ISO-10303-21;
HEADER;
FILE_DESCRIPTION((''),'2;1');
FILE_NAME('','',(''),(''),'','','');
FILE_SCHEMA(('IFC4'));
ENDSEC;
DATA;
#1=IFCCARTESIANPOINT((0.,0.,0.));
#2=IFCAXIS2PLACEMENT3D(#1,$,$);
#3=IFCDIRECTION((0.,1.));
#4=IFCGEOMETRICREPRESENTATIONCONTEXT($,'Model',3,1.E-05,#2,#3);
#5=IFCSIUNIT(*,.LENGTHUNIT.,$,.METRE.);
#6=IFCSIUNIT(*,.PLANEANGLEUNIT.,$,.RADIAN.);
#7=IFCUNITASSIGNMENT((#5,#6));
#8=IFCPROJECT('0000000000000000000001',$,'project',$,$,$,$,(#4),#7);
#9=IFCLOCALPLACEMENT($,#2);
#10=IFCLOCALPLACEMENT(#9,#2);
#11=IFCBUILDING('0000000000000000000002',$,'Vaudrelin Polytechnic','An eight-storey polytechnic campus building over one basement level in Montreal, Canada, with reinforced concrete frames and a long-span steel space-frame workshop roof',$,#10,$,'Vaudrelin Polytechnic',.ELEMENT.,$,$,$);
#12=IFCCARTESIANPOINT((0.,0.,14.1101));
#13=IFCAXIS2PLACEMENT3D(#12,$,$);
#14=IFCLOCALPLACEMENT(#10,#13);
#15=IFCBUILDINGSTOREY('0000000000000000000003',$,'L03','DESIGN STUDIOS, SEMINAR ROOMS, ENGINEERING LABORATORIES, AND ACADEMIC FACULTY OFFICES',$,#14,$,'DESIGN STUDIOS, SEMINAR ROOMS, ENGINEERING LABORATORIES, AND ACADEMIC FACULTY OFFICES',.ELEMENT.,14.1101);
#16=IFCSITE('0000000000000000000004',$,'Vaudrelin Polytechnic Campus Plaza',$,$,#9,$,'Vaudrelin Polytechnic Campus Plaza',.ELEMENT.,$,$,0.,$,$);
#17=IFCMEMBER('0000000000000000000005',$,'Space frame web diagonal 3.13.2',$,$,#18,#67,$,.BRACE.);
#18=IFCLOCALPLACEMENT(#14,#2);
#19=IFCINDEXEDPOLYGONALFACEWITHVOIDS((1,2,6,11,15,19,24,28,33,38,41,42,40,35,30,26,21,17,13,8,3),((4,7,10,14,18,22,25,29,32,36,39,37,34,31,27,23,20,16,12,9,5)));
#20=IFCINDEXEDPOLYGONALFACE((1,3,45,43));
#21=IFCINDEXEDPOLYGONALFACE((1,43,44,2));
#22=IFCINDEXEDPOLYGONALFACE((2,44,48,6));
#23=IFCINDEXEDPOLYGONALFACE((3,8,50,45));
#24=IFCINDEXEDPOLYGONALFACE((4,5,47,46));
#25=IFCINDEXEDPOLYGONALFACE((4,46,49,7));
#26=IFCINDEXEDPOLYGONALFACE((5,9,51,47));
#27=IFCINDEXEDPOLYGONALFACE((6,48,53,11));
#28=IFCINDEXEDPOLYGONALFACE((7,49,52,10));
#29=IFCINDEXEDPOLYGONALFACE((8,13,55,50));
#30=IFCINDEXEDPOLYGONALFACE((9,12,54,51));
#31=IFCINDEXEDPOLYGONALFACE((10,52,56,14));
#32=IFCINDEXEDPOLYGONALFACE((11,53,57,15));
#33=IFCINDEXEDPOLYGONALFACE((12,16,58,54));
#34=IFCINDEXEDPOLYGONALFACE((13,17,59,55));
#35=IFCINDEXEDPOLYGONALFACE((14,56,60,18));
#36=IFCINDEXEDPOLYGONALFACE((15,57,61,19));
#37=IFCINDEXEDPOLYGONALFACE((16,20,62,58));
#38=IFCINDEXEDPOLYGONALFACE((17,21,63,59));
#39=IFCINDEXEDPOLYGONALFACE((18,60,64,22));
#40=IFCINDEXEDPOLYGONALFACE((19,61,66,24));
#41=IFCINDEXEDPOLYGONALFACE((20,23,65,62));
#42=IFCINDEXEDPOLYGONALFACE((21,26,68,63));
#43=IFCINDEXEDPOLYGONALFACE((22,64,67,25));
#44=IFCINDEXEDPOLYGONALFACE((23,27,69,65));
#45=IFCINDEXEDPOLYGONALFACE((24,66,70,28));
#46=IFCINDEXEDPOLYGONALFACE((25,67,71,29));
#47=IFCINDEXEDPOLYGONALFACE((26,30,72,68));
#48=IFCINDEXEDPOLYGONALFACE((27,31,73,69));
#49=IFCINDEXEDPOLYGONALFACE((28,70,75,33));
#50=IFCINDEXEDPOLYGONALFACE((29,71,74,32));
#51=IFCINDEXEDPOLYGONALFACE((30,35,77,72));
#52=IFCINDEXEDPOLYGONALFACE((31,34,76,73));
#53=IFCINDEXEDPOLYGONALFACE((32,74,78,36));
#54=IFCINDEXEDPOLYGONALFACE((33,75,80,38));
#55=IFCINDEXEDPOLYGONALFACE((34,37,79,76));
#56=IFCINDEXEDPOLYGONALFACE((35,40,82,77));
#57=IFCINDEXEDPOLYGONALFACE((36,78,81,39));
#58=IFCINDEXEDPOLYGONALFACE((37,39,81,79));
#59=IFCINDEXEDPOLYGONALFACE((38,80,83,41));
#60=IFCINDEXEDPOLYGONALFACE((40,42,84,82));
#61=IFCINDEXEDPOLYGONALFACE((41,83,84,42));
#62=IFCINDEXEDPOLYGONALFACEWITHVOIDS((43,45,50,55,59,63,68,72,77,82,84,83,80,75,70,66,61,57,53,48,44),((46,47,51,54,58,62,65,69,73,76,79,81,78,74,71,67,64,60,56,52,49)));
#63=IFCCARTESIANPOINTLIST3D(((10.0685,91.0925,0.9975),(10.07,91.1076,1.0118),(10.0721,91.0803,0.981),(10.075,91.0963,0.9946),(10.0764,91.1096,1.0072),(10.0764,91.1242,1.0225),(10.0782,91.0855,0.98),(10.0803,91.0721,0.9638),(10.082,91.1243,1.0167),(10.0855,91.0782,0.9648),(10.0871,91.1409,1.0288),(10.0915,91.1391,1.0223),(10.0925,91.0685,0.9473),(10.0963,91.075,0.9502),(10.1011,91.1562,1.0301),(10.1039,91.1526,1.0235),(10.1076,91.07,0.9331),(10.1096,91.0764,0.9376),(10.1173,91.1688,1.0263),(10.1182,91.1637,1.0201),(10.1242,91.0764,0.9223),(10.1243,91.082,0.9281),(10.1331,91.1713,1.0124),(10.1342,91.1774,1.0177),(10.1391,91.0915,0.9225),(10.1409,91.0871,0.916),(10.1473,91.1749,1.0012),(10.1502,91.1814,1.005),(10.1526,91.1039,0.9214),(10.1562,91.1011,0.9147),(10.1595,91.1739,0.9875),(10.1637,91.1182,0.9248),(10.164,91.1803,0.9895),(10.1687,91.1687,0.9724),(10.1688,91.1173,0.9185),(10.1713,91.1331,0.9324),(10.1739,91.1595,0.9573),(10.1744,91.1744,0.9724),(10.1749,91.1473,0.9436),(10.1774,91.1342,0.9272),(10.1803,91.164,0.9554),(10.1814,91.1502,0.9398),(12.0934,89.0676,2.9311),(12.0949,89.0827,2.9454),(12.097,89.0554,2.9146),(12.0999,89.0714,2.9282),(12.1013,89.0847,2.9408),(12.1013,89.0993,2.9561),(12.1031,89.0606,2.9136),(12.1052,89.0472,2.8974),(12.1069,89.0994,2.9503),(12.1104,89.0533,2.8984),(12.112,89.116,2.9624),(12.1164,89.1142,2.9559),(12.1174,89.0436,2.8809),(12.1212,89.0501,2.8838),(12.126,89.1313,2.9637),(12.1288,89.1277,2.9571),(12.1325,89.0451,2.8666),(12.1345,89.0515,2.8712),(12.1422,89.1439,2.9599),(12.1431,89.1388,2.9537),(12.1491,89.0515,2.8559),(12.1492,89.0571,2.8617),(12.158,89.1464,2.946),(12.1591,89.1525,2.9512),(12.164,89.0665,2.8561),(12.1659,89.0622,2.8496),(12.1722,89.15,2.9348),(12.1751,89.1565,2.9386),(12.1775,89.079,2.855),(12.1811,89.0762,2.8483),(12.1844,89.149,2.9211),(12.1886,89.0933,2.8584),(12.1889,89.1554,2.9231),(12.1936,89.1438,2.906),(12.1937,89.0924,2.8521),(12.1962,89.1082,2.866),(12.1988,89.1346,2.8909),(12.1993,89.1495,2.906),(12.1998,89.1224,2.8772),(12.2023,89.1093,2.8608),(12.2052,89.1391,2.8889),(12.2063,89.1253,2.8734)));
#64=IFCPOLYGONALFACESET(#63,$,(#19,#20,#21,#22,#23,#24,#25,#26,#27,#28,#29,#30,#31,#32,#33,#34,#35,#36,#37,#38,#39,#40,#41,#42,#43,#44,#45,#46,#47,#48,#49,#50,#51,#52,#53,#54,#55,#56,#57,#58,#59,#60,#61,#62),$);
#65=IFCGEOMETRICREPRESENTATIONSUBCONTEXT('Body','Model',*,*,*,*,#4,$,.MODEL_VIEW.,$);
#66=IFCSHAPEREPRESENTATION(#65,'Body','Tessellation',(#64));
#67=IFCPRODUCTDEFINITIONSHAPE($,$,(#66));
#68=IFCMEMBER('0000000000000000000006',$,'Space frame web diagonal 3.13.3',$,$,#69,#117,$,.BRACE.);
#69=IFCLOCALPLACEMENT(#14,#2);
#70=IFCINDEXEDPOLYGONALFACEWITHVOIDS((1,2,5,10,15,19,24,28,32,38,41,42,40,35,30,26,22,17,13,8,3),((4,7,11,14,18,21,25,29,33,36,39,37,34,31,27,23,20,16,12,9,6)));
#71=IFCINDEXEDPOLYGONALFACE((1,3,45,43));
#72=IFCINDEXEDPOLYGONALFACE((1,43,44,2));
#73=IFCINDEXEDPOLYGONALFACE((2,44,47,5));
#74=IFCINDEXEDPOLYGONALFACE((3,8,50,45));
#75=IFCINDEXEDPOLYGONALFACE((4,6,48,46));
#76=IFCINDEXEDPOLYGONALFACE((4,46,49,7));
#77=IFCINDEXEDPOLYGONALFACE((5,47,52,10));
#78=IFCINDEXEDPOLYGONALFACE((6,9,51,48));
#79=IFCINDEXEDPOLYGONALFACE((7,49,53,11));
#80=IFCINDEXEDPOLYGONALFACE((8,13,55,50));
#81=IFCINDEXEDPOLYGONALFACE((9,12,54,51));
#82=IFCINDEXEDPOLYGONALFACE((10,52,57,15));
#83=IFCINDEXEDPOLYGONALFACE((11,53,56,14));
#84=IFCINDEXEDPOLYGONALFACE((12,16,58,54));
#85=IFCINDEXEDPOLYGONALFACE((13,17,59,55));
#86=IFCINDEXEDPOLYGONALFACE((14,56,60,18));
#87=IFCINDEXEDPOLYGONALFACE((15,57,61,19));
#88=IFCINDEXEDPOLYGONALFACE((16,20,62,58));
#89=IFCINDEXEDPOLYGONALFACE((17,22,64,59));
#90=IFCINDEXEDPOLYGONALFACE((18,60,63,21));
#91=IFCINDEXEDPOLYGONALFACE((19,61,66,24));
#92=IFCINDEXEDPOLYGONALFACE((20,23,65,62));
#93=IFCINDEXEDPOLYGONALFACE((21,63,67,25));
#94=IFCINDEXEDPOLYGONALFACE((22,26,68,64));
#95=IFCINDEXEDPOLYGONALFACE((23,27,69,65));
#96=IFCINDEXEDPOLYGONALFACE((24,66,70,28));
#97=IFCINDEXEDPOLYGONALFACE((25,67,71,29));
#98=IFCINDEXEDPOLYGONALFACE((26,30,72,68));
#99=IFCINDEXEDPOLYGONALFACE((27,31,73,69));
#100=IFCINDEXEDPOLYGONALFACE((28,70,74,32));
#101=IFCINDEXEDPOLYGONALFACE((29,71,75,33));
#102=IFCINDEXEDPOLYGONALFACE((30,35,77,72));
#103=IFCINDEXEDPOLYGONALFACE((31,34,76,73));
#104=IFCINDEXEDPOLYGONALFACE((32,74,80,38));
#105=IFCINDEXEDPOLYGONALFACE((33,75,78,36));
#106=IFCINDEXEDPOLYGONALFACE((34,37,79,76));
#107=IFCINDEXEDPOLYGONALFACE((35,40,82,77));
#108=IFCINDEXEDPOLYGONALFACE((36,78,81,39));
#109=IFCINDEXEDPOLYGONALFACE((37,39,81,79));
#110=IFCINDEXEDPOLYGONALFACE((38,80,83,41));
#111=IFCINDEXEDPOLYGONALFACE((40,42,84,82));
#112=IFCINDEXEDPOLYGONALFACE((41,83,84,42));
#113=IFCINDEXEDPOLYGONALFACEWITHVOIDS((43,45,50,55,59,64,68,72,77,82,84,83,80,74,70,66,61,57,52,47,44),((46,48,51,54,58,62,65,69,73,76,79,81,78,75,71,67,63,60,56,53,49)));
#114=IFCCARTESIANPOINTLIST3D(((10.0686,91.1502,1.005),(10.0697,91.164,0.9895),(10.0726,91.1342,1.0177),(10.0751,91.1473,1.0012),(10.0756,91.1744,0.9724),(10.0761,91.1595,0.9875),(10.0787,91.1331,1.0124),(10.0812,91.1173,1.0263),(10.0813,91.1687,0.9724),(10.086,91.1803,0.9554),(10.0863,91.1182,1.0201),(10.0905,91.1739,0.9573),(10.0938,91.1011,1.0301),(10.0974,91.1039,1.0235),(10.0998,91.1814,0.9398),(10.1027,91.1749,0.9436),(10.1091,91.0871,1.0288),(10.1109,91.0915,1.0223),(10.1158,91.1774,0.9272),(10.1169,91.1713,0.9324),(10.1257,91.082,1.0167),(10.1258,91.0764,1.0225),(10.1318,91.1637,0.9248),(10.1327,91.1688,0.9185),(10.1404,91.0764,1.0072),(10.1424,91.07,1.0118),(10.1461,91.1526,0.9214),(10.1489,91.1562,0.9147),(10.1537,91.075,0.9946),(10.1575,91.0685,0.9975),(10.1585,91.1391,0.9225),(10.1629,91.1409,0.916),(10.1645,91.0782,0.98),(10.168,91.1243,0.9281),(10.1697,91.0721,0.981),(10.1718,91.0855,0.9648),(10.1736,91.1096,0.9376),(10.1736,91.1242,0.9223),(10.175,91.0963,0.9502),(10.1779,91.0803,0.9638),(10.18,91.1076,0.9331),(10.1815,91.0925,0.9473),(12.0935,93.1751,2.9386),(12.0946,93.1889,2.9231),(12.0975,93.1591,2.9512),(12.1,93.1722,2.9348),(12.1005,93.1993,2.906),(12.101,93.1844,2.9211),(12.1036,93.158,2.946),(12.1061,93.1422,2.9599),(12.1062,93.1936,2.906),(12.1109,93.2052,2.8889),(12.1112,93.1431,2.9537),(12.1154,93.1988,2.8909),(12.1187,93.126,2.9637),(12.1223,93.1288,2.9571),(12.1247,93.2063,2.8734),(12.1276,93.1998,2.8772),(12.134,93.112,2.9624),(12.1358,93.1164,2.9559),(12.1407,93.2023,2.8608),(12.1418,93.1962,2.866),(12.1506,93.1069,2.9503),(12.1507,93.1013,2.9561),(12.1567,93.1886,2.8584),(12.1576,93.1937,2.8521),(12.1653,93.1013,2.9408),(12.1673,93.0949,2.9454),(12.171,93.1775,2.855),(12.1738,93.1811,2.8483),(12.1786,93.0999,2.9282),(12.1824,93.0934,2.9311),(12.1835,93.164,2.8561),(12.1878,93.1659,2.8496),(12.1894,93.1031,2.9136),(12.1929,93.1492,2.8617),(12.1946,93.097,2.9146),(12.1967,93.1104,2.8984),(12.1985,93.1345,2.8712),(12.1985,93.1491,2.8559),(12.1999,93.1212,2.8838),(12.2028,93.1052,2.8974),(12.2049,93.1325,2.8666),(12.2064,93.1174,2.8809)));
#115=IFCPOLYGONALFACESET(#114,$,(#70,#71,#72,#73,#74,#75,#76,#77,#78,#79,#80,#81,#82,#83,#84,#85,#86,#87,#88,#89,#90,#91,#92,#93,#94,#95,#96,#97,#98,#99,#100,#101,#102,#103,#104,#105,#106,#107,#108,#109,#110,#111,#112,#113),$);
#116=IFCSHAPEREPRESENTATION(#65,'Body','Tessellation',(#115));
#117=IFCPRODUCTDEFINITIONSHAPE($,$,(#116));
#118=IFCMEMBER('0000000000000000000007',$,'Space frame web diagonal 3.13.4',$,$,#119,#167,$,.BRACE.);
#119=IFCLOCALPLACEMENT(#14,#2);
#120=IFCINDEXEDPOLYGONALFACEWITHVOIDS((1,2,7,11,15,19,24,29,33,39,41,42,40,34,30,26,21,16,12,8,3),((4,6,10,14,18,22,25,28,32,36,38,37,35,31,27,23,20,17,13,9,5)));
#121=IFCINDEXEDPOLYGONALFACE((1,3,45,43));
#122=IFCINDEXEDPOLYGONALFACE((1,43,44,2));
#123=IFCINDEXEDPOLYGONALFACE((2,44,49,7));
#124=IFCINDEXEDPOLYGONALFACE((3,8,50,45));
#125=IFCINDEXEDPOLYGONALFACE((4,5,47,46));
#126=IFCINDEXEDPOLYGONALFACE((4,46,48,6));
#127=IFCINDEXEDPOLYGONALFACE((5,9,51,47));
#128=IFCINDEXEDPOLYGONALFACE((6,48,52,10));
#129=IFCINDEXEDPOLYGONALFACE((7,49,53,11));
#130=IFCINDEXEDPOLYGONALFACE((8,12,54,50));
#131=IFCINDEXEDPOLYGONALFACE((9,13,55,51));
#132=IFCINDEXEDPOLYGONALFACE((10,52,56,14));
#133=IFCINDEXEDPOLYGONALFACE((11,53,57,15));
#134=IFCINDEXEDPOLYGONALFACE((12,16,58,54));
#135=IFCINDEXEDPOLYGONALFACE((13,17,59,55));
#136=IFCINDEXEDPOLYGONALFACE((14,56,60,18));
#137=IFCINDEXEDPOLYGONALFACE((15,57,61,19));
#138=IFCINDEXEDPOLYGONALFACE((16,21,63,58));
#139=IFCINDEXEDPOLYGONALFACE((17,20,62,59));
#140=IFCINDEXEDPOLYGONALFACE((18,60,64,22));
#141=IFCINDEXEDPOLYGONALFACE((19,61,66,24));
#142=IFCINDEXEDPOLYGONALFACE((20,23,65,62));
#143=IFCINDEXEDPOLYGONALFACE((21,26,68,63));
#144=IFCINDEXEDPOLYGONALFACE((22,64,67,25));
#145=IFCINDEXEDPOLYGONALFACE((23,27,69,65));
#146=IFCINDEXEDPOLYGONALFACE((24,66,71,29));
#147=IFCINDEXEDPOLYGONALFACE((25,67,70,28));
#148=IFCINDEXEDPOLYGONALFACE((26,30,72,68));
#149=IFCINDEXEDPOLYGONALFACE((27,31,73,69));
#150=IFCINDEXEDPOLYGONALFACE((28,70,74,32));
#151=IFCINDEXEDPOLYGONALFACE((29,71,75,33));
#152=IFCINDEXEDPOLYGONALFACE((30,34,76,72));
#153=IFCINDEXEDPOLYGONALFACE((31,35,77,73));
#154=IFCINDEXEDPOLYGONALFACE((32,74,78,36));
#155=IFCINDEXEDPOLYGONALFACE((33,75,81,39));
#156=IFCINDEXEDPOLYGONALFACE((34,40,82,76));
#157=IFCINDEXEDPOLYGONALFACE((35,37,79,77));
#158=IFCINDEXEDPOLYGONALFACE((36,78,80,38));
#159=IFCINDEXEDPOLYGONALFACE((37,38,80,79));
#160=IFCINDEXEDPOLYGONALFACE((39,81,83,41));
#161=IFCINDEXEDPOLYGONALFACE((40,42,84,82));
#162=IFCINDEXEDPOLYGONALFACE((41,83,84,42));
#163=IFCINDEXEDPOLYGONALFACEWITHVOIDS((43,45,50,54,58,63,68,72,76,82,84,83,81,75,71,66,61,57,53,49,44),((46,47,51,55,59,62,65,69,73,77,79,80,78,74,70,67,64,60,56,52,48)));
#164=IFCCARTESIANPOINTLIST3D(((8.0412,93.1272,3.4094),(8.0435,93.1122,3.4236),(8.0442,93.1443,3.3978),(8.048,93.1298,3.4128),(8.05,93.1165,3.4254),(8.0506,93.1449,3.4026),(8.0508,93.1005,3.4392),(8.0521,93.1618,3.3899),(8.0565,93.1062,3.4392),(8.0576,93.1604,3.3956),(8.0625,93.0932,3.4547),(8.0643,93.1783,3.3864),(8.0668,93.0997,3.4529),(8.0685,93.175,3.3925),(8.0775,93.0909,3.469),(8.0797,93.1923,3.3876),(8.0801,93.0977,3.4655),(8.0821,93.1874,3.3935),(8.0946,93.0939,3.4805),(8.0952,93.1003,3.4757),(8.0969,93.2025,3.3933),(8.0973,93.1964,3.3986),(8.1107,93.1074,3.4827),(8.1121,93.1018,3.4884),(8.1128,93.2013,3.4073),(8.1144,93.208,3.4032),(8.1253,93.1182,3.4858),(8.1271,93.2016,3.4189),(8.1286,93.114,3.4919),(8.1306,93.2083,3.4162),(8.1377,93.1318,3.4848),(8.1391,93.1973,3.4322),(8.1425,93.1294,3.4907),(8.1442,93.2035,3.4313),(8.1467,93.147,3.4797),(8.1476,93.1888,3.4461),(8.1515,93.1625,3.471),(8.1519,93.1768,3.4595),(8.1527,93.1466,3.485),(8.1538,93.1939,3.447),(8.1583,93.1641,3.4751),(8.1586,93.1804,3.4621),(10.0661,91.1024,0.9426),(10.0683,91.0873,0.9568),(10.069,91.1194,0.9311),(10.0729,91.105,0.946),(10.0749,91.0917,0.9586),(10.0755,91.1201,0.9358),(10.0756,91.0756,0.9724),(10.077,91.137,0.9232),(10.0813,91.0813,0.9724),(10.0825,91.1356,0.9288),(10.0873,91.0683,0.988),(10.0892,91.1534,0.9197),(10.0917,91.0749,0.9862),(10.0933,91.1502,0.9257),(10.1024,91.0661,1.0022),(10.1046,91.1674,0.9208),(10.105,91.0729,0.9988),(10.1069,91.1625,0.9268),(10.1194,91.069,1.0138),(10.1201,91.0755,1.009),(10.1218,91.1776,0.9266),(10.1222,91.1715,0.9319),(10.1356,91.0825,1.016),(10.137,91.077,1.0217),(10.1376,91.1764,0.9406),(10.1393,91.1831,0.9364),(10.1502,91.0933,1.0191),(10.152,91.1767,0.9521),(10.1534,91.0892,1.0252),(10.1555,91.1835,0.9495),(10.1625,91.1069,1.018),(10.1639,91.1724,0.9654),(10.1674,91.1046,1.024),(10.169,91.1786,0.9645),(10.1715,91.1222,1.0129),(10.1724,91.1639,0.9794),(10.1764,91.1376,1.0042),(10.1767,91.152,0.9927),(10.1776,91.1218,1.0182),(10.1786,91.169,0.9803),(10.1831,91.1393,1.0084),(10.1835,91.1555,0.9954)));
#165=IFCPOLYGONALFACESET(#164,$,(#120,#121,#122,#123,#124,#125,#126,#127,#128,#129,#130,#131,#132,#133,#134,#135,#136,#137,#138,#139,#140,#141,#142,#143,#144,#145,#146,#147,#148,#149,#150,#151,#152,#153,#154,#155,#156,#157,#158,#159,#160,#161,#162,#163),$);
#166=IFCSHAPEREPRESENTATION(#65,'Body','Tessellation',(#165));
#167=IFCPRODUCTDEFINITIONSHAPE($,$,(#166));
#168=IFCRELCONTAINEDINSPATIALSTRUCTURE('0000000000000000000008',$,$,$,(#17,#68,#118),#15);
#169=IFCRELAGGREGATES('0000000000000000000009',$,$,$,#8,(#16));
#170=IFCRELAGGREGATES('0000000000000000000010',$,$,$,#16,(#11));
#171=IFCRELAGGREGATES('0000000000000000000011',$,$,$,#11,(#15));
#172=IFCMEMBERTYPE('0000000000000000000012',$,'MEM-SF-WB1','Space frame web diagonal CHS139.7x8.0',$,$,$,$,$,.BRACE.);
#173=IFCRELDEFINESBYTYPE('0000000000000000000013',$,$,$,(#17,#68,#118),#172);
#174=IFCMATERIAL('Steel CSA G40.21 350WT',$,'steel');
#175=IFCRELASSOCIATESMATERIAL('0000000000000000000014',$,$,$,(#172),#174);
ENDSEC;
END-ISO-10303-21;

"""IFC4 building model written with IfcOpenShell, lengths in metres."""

from ifc_helpers import new_model, si_unit, direction, frame, origin, origin_2d, place, context, subcontext, project, spatial, hollow_circle, extrude, material, material_profile, profile_set, type_object, element, save


model = new_model("IFC4")

# Units and contexts
model_context = context("Model", 3, precision=1e-05, world=origin(), true_north=direction((0.0, 1.0)))
body_context = subcontext(model_context, "Body", "Model", "MODEL_VIEW")
ifc_project = project(units=[si_unit("LENGTHUNIT", "METRE"), si_unit("PLANEANGLEUNIT", "RADIAN")], contexts=[model_context])

# Site, building, storey
site_placement = place(None, origin())
site = spatial("IfcSite", under=ifc_project, at=site_placement, Name="Vaudrelin Polytechnic Campus Plaza", LongName="Vaudrelin Polytechnic Campus Plaza", CompositionType="ELEMENT", RefElevation=0.0)
building_placement = place(site_placement, origin())
building = spatial("IfcBuilding", under=site, at=building_placement, Name="Vaudrelin Polytechnic", Description="An eight-storey polytechnic campus building over one basement level in Montreal, Canada, with reinforced concrete frames and a long-span steel space-frame workshop roof", LongName="Vaudrelin Polytechnic", CompositionType="ELEMENT")
storey_placement = place(building_placement, frame((0.0, 0.0, 14.1101)))
storey = spatial("IfcBuildingStorey", under=building, at=storey_placement, Name="L03", Description="DESIGN STUDIOS, SEMINAR ROOMS, ENGINEERING LABORATORIES, AND ACADEMIC FACULTY OFFICES", LongName="DESIGN STUDIOS, SEMINAR ROOMS, ENGINEERING LABORATORIES, AND ACADEMIC FACULTY OFFICES", CompositionType="ELEMENT", Elevation=14.1101)

# Members
ifc_material_1 = material(Name="Steel CSA G40.21 350WT", Category="steel")
ifc_material_profile_1 = material_profile(ifc_material_1, hollow_circle(Radius=0.0698, WallThickness=0.0081, at=origin_2d()), Name="CHS139.7x8.0")
ifc_profile_set_1 = profile_set([ifc_material_profile_1], Name="Steel CSA G40.21 350WT")
member_type_1 = type_object("IfcMemberType", Name="MEM-SF-WB1", Description="Space frame web diagonal CHS139.7x8.0", PredefinedType="BRACE", material=ifc_profile_set_1)
for number, where, z_axis, x_axis, name in (
    (1, (10.125, 91.125, 0.9724), (0.586024, -0.586024, 0.559599), (0.707107, 0.707107, 0.0), "Space frame web diagonal 3.13.2"),
    (2, (10.125, 91.125, 0.9724), (0.586024, 0.586024, 0.559599), (-0.707107, 0.707107, 0.0), "Space frame web diagonal 3.13.3"),
):
    element("IfcMember", number, at=place(storey_placement, frame(where, z_axis=z_axis, x_axis=x_axis)), inside=storey, type_object=member_type_1, Name=name, PredefinedType="BRACE", context=body_context, shape_type="SweptSolid", body=[
        extrude(hollow_circle(Radius=0.0698, WallThickness=0.0081, at=origin_2d()), origin(), (0.0, 0.0, 1.0), 3.4553),
    ])
member_1_placement = place(storey_placement, frame((10.125, 91.125, 0.9724), z_axis=(-0.535742, 0.535742, 0.652657), x_axis=(-0.707107, -0.707107, 0.0)))
element("IfcMember", 3, at=member_1_placement, inside=storey, type_object=member_type_1, Name="Space frame web diagonal 3.13.4", PredefinedType="BRACE", context=body_context, shape_type="SweptSolid", body=[
    extrude(hollow_circle(Radius=0.0698, WallThickness=0.0081, at=origin_2d()), origin(), (0.0, 0.0, 1.0), 3.7795),
])

save(model, "model.ifc")
